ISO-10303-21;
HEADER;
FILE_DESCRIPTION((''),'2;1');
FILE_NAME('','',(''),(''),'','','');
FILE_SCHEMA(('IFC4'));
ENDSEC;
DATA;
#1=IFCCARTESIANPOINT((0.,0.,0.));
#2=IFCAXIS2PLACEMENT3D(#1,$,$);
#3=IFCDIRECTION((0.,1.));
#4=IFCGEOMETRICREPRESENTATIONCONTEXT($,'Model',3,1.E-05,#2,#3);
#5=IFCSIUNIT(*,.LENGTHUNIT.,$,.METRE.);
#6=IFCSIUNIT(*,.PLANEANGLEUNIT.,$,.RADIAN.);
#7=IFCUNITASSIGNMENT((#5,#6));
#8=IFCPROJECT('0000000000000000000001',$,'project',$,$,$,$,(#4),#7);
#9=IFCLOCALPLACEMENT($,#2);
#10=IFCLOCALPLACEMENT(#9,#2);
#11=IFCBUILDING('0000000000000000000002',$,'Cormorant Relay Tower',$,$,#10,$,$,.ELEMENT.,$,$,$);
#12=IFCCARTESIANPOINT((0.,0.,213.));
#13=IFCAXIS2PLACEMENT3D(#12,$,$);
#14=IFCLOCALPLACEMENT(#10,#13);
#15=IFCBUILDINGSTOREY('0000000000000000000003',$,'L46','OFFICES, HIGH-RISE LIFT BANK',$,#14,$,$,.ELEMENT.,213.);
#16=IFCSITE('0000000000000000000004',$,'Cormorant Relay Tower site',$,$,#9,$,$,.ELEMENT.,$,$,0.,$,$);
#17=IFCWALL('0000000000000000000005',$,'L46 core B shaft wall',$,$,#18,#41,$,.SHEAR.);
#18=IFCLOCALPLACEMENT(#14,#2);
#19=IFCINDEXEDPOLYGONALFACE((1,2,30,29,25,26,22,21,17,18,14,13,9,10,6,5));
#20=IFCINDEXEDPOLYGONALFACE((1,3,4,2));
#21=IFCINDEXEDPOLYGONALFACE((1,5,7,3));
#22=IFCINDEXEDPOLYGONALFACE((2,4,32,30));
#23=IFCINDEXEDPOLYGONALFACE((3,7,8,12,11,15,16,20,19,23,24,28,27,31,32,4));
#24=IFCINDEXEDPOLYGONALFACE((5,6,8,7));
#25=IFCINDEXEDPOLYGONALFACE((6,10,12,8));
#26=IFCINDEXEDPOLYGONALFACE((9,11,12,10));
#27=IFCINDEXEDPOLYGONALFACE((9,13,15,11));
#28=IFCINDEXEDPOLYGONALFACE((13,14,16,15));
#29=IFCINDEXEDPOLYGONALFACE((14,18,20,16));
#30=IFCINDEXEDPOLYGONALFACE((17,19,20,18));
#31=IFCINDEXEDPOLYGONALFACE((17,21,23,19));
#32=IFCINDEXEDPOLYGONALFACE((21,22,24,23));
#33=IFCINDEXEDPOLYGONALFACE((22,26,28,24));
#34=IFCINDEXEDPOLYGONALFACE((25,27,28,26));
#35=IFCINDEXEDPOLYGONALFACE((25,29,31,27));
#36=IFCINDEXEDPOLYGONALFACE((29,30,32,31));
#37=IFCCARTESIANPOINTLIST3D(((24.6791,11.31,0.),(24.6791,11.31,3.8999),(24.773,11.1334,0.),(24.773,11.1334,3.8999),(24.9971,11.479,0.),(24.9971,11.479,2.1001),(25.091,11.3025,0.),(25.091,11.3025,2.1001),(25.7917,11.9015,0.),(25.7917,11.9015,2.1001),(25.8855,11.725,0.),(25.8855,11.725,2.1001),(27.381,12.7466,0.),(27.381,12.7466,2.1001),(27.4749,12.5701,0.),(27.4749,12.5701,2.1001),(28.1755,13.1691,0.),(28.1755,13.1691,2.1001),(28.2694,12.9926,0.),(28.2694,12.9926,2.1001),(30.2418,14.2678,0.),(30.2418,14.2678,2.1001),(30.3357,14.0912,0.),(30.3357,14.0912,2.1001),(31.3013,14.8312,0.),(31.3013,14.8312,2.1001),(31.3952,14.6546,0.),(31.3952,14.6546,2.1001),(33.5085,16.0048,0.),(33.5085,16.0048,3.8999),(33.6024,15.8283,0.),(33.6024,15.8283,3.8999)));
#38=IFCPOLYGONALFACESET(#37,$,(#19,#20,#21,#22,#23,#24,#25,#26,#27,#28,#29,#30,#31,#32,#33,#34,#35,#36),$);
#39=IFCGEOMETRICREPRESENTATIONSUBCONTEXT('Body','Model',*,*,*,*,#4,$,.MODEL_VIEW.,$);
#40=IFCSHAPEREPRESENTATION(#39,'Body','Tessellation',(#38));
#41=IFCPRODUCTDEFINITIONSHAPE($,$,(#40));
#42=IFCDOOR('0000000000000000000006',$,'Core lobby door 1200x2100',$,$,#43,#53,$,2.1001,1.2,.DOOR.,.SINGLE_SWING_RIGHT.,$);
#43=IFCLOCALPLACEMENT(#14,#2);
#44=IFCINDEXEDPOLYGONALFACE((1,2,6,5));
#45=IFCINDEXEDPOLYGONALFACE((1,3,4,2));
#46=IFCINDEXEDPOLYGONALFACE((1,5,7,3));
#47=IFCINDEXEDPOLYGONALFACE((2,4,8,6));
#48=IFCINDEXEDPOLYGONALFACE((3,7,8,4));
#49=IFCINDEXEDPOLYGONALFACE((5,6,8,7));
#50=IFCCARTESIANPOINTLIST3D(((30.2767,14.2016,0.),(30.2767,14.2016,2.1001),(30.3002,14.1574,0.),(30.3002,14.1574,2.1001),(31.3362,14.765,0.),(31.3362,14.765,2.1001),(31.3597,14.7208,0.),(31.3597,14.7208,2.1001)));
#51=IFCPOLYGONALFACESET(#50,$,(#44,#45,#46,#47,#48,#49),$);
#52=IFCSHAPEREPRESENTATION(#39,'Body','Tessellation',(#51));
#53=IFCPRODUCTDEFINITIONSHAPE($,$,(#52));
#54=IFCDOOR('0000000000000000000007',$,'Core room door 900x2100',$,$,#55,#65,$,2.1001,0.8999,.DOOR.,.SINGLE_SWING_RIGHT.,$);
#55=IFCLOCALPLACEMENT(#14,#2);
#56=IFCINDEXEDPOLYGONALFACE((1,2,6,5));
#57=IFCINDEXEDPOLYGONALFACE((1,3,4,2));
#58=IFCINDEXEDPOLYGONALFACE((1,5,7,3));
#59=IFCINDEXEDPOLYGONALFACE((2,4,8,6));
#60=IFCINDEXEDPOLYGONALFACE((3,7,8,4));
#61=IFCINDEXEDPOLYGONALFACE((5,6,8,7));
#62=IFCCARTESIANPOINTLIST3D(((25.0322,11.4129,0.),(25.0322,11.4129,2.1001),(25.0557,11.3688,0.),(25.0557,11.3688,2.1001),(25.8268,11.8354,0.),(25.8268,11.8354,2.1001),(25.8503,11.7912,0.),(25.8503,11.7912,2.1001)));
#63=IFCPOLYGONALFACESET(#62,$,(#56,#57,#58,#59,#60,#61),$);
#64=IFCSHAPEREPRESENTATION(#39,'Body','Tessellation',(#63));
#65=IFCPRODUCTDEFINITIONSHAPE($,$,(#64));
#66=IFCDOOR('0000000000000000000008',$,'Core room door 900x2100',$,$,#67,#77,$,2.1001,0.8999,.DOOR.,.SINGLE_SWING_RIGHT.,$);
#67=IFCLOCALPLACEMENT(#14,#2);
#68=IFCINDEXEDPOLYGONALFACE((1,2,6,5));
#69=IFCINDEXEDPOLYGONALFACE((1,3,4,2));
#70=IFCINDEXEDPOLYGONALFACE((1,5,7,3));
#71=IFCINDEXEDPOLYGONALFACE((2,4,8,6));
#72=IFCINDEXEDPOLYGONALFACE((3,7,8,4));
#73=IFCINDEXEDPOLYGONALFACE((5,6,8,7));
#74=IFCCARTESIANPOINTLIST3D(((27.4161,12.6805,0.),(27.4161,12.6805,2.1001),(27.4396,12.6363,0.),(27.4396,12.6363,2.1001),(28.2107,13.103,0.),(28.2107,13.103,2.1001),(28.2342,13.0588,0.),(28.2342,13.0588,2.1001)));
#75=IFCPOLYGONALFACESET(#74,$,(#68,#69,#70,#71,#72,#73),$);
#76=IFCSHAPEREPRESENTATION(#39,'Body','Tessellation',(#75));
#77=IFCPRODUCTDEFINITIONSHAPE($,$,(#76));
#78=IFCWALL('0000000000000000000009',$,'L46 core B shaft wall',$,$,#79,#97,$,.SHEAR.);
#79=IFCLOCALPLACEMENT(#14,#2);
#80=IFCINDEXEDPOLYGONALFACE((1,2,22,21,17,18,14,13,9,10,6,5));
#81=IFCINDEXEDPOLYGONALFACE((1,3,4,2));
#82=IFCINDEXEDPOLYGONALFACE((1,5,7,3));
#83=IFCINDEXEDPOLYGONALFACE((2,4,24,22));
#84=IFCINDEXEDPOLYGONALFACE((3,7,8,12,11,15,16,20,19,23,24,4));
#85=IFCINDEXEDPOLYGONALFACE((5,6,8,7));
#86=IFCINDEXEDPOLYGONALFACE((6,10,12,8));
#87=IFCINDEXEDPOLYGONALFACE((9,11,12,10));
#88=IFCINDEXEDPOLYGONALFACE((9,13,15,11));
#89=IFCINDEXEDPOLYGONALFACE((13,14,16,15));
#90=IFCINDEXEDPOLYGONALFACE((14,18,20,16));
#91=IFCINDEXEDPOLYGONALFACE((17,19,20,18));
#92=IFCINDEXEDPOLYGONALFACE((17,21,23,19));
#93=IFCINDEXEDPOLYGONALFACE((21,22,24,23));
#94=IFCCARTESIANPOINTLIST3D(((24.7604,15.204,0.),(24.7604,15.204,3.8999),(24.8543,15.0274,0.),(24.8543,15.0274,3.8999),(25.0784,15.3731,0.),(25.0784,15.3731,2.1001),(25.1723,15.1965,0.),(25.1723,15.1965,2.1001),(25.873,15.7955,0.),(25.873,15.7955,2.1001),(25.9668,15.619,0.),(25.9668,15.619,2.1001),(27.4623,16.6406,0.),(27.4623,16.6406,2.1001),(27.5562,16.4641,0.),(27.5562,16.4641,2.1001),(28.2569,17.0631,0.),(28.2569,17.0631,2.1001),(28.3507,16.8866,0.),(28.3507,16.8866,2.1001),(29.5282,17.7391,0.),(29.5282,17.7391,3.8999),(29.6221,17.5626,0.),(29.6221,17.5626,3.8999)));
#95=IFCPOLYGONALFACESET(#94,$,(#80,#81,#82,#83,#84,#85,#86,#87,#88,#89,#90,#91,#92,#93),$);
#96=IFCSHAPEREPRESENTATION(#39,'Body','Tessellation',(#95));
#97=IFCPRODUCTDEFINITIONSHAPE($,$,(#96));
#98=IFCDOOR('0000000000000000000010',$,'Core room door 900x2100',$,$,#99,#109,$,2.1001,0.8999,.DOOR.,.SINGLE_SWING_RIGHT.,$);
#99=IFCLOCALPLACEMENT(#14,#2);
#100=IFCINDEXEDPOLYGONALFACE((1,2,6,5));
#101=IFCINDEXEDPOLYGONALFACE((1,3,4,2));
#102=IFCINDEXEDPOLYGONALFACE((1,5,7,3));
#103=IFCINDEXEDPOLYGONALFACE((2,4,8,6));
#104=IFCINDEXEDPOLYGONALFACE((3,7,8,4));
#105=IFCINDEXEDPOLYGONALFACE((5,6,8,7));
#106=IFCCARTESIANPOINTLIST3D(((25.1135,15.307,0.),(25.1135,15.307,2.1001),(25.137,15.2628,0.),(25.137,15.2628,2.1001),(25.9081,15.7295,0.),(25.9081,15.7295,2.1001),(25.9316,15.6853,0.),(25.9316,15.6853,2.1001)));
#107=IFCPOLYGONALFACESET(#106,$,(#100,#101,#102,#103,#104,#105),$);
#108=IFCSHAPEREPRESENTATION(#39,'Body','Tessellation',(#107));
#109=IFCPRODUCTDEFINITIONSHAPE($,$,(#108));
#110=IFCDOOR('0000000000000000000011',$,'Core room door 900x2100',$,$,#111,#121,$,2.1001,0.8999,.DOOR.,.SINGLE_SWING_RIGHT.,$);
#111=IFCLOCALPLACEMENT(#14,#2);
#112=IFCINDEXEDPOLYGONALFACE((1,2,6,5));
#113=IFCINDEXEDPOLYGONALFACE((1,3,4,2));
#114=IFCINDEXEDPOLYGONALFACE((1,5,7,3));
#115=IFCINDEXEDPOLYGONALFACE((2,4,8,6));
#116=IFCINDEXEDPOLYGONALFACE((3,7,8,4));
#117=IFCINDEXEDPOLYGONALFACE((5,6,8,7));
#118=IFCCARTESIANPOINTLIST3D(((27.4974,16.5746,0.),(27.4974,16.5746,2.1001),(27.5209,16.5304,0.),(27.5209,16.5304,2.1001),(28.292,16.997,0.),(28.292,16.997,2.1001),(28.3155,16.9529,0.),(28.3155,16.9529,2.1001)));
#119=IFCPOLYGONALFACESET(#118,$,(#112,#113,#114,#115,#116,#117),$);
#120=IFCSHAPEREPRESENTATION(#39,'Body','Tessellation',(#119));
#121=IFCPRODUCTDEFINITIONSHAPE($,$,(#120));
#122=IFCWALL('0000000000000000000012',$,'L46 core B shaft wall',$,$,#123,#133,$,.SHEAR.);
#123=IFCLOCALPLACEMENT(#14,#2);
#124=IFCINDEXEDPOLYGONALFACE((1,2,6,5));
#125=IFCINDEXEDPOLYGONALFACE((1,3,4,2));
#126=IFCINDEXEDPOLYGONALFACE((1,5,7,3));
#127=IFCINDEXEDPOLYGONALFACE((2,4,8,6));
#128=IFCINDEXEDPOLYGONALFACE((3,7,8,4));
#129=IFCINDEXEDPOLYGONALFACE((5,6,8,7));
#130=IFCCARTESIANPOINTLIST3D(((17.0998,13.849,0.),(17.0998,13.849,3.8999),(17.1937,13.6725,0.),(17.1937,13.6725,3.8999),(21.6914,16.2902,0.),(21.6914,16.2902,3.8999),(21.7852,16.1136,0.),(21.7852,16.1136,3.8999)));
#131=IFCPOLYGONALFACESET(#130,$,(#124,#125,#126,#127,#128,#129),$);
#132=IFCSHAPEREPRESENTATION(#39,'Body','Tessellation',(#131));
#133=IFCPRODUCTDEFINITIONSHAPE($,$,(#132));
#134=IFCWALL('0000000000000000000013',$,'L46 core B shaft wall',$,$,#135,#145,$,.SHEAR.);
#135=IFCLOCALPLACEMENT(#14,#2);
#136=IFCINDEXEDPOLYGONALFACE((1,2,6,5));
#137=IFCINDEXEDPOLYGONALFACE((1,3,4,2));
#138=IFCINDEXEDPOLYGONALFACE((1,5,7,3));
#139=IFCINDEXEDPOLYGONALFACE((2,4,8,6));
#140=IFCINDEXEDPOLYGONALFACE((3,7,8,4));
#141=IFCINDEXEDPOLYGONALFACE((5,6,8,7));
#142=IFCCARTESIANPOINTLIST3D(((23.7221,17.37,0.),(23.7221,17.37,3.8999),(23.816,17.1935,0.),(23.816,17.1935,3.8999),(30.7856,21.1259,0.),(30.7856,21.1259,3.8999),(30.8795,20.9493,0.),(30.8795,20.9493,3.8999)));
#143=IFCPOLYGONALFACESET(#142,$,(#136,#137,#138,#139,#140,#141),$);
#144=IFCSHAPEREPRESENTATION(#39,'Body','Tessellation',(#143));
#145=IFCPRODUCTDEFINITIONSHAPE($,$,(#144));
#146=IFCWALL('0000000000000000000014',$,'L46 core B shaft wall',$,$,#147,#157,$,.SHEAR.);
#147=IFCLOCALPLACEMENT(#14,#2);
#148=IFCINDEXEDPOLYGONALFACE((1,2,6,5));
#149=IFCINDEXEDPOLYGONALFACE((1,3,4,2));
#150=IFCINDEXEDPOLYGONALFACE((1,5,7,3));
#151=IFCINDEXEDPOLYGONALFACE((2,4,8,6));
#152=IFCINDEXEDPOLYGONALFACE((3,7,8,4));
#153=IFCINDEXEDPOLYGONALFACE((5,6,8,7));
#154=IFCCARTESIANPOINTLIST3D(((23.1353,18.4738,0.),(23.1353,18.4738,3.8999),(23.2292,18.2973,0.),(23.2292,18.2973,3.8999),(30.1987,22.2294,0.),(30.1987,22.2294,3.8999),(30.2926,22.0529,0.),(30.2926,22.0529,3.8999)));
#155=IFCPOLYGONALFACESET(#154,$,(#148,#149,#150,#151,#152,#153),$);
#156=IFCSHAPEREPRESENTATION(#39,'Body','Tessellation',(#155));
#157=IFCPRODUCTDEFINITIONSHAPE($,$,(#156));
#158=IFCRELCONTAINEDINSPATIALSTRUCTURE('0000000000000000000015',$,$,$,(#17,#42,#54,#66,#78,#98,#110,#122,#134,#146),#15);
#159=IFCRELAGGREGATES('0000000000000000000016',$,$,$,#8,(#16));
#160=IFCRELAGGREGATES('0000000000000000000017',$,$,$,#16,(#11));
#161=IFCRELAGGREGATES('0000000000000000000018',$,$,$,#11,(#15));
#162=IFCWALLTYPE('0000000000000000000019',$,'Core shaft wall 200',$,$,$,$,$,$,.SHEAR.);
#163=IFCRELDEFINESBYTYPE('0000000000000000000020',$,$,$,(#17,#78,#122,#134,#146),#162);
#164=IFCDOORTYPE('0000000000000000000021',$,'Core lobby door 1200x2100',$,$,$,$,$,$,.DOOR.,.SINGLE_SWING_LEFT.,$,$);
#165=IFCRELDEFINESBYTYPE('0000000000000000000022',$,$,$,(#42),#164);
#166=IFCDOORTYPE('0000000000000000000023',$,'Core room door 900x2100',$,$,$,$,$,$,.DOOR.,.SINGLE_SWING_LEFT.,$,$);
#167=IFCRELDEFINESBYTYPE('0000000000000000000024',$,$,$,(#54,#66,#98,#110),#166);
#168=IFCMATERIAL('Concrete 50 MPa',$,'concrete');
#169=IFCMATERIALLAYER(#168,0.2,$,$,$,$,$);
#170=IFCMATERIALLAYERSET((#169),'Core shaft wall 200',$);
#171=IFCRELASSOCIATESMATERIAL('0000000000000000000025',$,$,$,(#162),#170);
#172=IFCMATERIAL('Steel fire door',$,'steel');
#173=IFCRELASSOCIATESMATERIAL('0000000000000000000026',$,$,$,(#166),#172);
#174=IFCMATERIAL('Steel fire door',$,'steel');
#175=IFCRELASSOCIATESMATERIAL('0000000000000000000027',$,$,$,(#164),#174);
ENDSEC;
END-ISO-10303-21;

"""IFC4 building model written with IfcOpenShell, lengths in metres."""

from ifc_helpers import new_model, si_unit, direction, frame, frame_2d, origin, place, context, subcontext, project, spatial, rectangle, extrude, material, layer, layer_set, type_object, element, fill, save


model = new_model("IFC4")

# Units and contexts
model_context = context("Model", 3, precision=1e-05, world=origin(), true_north=direction((0.0, 1.0)))
body_context = subcontext(model_context, "Body", "Model", "MODEL_VIEW")
ifc_project = project(units=[si_unit("LENGTHUNIT", "METRE"), si_unit("PLANEANGLEUNIT", "RADIAN")], contexts=[model_context])

# Site, building, storey
site_placement = place(None, origin())
site = spatial("IfcSite", under=ifc_project, at=site_placement, Name="Cormorant Relay Tower site", CompositionType="ELEMENT", RefElevation=0.0)
building_placement = place(site_placement, origin())
building = spatial("IfcBuilding", under=site, at=building_placement, Name="Cormorant Relay Tower", CompositionType="ELEMENT")
storey_placement = place(building_placement, frame((0.0, 0.0, 213.0)))
storey = spatial("IfcBuildingStorey", under=building, at=storey_placement, Name="L46", Description="OFFICES, HIGH-RISE LIFT BANK", CompositionType="ELEMENT", Elevation=213.0)

# Shared definitions
ifc_material_1 = material(Name="Concrete 50 MPa", Category="concrete")
ifc_layer_1 = layer(ifc_material_1, 0.2)
ifc_layer_set_1 = layer_set([ifc_layer_1], Name="Core shaft wall 200")
wall_type_1 = type_object("IfcWallType", Name="Core shaft wall 200", PredefinedType="SHEAR", material=ifc_layer_set_1)

# Shared definitions
ifc_material_2 = material(Name="Steel fire door", Category="steel")
door_type_1 = type_object("IfcDoorType", Name="Core room door 900x2100", OperationType="SINGLE_SWING_LEFT", PredefinedType="DOOR", material=ifc_material_2)

# Walls, openings, doors
wall_1_placement = place(storey_placement, frame((24.7261, 11.2217, 0.0), z_axis=(0.0, 0.0, 1.0), x_axis=(0.88294, 0.469485, 0.0)))
wall_1 = element("IfcWall", 1, at=wall_1_placement, inside=storey, type_object=wall_type_1, Name="L46 core B shaft wall", PredefinedType="SHEAR", context=body_context, shape_type="SweptSolid", body=[
    extrude(rectangle(XDim=10.0, YDim=0.2, at=frame_2d((5.0, 0.0))), origin(), (0.0, 0.0, 1.0), 3.8999),
])
opening_1_placement = place(wall_1_placement, frame((6.3, 0.0, 0.0)))
opening_1 = element("IfcOpeningElement", 2, at=opening_1_placement, cuts=wall_1, PredefinedType="OPENING", context=body_context, shape_type="SweptSolid", body=[
    extrude(rectangle(XDim=1.2, YDim=2.1001, at=frame_2d((0.6001, 1.05))), frame((0.0, 0.1099, 0.0), z_axis=(0.0, -1.0, 0.0), x_axis=(1.0, 0.0, 0.0)), (0.0, 0.0, 1.0), 0.22),
])
opening_2_placement = place(wall_1_placement, frame((0.3601, 0.0, 0.0)))
opening_2 = element("IfcOpeningElement", 3, at=opening_2_placement, cuts=wall_1, PredefinedType="OPENING", context=body_context, shape_type="SweptSolid", body=[
    extrude(rectangle(XDim=0.8999, YDim=2.1001, at=frame_2d((0.45, 1.05))), frame((0.0, 0.1099, 0.0), z_axis=(0.0, -1.0, 0.0), x_axis=(1.0, 0.0, 0.0)), (0.0, 0.0, 1.0), 0.22),
])
opening_3_placement = place(wall_1_placement, frame((3.0601, 0.0, 0.0)))
opening_3 = element("IfcOpeningElement", 4, at=opening_3_placement, cuts=wall_1, PredefinedType="OPENING", context=body_context, shape_type="SweptSolid", body=[
    extrude(rectangle(XDim=0.8999, YDim=2.1001, at=frame_2d((0.45, 1.05))), frame((0.0, 0.1099, 0.0), z_axis=(0.0, -1.0, 0.0), x_axis=(1.0, 0.0, 0.0)), (0.0, 0.0, 1.0), 0.22),
])
ifc_material_3 = material(Name="Steel fire door", Category="steel")
door_type_2 = type_object("IfcDoorType", Name="Core lobby door 1200x2100", OperationType="SINGLE_SWING_LEFT", PredefinedType="DOOR", material=ifc_material_3)
door_1_placement = place(opening_1_placement, frame((1.2, 0.0, 0.0), z_axis=(0.0, 0.0, 1.0), x_axis=(-1.0, 0.0, 0.0)))
door_1 = element("IfcDoor", 5, at=door_1_placement, inside=storey, type_object=door_type_2, Name="Core lobby door 1200x2100", OperationType="SINGLE_SWING_RIGHT", OverallHeight=2.1001, OverallWidth=1.2, PredefinedType="DOOR", context=body_context, shape_type="SweptSolid", body=[
    extrude(rectangle(XDim=1.2, YDim=2.1001, at=frame_2d((0.6001, 1.05))), frame((0.0, 0.0249, 0.0), z_axis=(0.0, -1.0, 0.0), x_axis=(1.0, 0.0, 0.0)), (0.0, 0.0, 1.0), 0.05),
])
fill(opening_1, door_1)
door_2_placement = place(opening_2_placement, frame((0.8999, 0.0, 0.0), z_axis=(0.0, 0.0, 1.0), x_axis=(-1.0, 0.0, 0.0)))
door_2 = element("IfcDoor", 6, at=door_2_placement, inside=storey, type_object=door_type_1, Name="Core room door 900x2100", OperationType="SINGLE_SWING_RIGHT", OverallHeight=2.1001, OverallWidth=0.8999, PredefinedType="DOOR", context=body_context, shape_type="SweptSolid", body=[
    extrude(rectangle(XDim=0.8999, YDim=2.1001, at=frame_2d((0.45, 1.05))), frame((0.0, 0.0249, 0.0), z_axis=(0.0, -1.0, 0.0), x_axis=(1.0, 0.0, 0.0)), (0.0, 0.0, 1.0), 0.05),
])
fill(opening_2, door_2)
door_3_placement = place(opening_3_placement, frame((0.8999, 0.0, 0.0), z_axis=(0.0, 0.0, 1.0), x_axis=(-1.0, 0.0, 0.0)))
door_3 = element("IfcDoor", 7, at=door_3_placement, inside=storey, type_object=door_type_1, Name="Core room door 900x2100", OperationType="SINGLE_SWING_RIGHT", OverallHeight=2.1001, OverallWidth=0.8999, PredefinedType="DOOR", context=body_context, shape_type="SweptSolid", body=[
    extrude(rectangle(XDim=0.8999, YDim=2.1001, at=frame_2d((0.45, 1.05))), frame((0.0, 0.0249, 0.0), z_axis=(0.0, -1.0, 0.0), x_axis=(1.0, 0.0, 0.0)), (0.0, 0.0, 1.0), 0.05),
])
fill(opening_3, door_3)
wall_2_placement = place(storey_placement, frame((24.8074, 15.1157, 0.0), z_axis=(0.0, 0.0, 1.0), x_axis=(0.882943, 0.46948, 0.0)))
wall_2 = element("IfcWall", 8, at=wall_2_placement, inside=storey, type_object=wall_type_1, Name="L46 core B shaft wall", PredefinedType="SHEAR", context=body_context, shape_type="SweptSolid", body=[
    extrude(rectangle(XDim=5.3999, YDim=0.2, at=frame_2d((2.7, 0.0))), origin(), (0.0, 0.0, 1.0), 3.8999),
])
opening_4_placement = place(wall_2_placement, frame((0.3601, 0.0, 0.0)))
opening_4 = element("IfcOpeningElement", 9, at=opening_4_placement, cuts=wall_2, PredefinedType="OPENING", context=body_context, shape_type="SweptSolid", body=[
    extrude(rectangle(XDim=0.8999, YDim=2.1001, at=frame_2d((0.45, 1.05))), frame((0.0, 0.1099, 0.0), z_axis=(0.0, -1.0, 0.0), x_axis=(1.0, 0.0, 0.0)), (0.0, 0.0, 1.0), 0.22),
])
opening_5_placement = place(wall_2_placement, frame((3.0601, 0.0, 0.0)))
opening_5 = element("IfcOpeningElement", 10, at=opening_5_placement, cuts=wall_2, PredefinedType="OPENING", context=body_context, shape_type="SweptSolid", body=[
    extrude(rectangle(XDim=0.8999, YDim=2.1001, at=frame_2d((0.45, 1.05))), frame((0.0, 0.1099, 0.0), z_axis=(0.0, -1.0, 0.0), x_axis=(1.0, 0.0, 0.0)), (0.0, 0.0, 1.0), 0.22),
])
door_4_placement = place(opening_4_placement, frame((0.8999, 0.0, 0.0), z_axis=(0.0, 0.0, 1.0), x_axis=(-1.0, 0.0, 0.0)))
door_4 = element("IfcDoor", 11, at=door_4_placement, inside=storey, type_object=door_type_1, Name="Core room door 900x2100", OperationType="SINGLE_SWING_RIGHT", OverallHeight=2.1001, OverallWidth=0.8999, PredefinedType="DOOR", context=body_context, shape_type="SweptSolid", body=[
    extrude(rectangle(XDim=0.8999, YDim=2.1001, at=frame_2d((0.45, 1.05))), frame((0.0, 0.0249, 0.0), z_axis=(0.0, -1.0, 0.0), x_axis=(1.0, 0.0, 0.0)), (0.0, 0.0, 1.0), 0.05),
])
fill(opening_4, door_4)
door_5_placement = place(opening_5_placement, frame((0.8999, 0.0, 0.0), z_axis=(0.0, 0.0, 1.0), x_axis=(-1.0, 0.0, 0.0)))
door_5 = element("IfcDoor", 12, at=door_5_placement, inside=storey, type_object=door_type_1, Name="Core room door 900x2100", OperationType="SINGLE_SWING_RIGHT", OverallHeight=2.1001, OverallWidth=0.8999, PredefinedType="DOOR", context=body_context, shape_type="SweptSolid", body=[
    extrude(rectangle(XDim=0.8999, YDim=2.1001, at=frame_2d((0.45, 1.05))), frame((0.0, 0.0249, 0.0), z_axis=(0.0, -1.0, 0.0), x_axis=(1.0, 0.0, 0.0)), (0.0, 0.0, 1.0), 0.05),
])
fill(opening_5, door_5)

# Walls
wall_3_placement = place(storey_placement, frame((17.1467, 13.7607, 0.0), z_axis=(0.0, 0.0, 1.0), x_axis=(0.882964, 0.46944, 0.0)))
element("IfcWall", 13, at=wall_3_placement, inside=storey, type_object=wall_type_1, Name="L46 core B shaft wall", PredefinedType="SHEAR", context=body_context, shape_type="SweptSolid", body=[
    extrude(rectangle(XDim=5.2002, YDim=0.2, at=frame_2d((2.6001, 0.0))), origin(), (0.0, 0.0, 1.0), 3.8999),
])
wall_4_placement = place(storey_placement, frame((23.769, 17.2817, 0.0), z_axis=(0.0, 0.0, 1.0), x_axis=(0.88294, 0.469485, 0.0)))
element("IfcWall", 14, at=wall_4_placement, inside=storey, type_object=wall_type_1, Name="L46 core B shaft wall", PredefinedType="SHEAR", context=body_context, shape_type="SweptSolid", body=[
    extrude(rectangle(XDim=8.0, YDim=0.2, at=frame_2d((4.0, 0.0))), origin(), (0.0, 0.0, 1.0), 3.8999),
])
wall_5_placement = place(storey_placement, frame((23.1821, 18.3855, 0.0), z_axis=(0.0, 0.0, 1.0), x_axis=(0.882953, 0.469462, 0.0)))
element("IfcWall", 15, at=wall_5_placement, inside=storey, type_object=wall_type_1, Name="L46 core B shaft wall", PredefinedType="SHEAR", context=body_context, shape_type="SweptSolid", body=[
    extrude(rectangle(XDim=7.9998, YDim=0.2, at=frame_2d((4.0, 0.0))), origin(), (0.0, 0.0, 1.0), 3.8999),
])

save(model, "model.ifc")
